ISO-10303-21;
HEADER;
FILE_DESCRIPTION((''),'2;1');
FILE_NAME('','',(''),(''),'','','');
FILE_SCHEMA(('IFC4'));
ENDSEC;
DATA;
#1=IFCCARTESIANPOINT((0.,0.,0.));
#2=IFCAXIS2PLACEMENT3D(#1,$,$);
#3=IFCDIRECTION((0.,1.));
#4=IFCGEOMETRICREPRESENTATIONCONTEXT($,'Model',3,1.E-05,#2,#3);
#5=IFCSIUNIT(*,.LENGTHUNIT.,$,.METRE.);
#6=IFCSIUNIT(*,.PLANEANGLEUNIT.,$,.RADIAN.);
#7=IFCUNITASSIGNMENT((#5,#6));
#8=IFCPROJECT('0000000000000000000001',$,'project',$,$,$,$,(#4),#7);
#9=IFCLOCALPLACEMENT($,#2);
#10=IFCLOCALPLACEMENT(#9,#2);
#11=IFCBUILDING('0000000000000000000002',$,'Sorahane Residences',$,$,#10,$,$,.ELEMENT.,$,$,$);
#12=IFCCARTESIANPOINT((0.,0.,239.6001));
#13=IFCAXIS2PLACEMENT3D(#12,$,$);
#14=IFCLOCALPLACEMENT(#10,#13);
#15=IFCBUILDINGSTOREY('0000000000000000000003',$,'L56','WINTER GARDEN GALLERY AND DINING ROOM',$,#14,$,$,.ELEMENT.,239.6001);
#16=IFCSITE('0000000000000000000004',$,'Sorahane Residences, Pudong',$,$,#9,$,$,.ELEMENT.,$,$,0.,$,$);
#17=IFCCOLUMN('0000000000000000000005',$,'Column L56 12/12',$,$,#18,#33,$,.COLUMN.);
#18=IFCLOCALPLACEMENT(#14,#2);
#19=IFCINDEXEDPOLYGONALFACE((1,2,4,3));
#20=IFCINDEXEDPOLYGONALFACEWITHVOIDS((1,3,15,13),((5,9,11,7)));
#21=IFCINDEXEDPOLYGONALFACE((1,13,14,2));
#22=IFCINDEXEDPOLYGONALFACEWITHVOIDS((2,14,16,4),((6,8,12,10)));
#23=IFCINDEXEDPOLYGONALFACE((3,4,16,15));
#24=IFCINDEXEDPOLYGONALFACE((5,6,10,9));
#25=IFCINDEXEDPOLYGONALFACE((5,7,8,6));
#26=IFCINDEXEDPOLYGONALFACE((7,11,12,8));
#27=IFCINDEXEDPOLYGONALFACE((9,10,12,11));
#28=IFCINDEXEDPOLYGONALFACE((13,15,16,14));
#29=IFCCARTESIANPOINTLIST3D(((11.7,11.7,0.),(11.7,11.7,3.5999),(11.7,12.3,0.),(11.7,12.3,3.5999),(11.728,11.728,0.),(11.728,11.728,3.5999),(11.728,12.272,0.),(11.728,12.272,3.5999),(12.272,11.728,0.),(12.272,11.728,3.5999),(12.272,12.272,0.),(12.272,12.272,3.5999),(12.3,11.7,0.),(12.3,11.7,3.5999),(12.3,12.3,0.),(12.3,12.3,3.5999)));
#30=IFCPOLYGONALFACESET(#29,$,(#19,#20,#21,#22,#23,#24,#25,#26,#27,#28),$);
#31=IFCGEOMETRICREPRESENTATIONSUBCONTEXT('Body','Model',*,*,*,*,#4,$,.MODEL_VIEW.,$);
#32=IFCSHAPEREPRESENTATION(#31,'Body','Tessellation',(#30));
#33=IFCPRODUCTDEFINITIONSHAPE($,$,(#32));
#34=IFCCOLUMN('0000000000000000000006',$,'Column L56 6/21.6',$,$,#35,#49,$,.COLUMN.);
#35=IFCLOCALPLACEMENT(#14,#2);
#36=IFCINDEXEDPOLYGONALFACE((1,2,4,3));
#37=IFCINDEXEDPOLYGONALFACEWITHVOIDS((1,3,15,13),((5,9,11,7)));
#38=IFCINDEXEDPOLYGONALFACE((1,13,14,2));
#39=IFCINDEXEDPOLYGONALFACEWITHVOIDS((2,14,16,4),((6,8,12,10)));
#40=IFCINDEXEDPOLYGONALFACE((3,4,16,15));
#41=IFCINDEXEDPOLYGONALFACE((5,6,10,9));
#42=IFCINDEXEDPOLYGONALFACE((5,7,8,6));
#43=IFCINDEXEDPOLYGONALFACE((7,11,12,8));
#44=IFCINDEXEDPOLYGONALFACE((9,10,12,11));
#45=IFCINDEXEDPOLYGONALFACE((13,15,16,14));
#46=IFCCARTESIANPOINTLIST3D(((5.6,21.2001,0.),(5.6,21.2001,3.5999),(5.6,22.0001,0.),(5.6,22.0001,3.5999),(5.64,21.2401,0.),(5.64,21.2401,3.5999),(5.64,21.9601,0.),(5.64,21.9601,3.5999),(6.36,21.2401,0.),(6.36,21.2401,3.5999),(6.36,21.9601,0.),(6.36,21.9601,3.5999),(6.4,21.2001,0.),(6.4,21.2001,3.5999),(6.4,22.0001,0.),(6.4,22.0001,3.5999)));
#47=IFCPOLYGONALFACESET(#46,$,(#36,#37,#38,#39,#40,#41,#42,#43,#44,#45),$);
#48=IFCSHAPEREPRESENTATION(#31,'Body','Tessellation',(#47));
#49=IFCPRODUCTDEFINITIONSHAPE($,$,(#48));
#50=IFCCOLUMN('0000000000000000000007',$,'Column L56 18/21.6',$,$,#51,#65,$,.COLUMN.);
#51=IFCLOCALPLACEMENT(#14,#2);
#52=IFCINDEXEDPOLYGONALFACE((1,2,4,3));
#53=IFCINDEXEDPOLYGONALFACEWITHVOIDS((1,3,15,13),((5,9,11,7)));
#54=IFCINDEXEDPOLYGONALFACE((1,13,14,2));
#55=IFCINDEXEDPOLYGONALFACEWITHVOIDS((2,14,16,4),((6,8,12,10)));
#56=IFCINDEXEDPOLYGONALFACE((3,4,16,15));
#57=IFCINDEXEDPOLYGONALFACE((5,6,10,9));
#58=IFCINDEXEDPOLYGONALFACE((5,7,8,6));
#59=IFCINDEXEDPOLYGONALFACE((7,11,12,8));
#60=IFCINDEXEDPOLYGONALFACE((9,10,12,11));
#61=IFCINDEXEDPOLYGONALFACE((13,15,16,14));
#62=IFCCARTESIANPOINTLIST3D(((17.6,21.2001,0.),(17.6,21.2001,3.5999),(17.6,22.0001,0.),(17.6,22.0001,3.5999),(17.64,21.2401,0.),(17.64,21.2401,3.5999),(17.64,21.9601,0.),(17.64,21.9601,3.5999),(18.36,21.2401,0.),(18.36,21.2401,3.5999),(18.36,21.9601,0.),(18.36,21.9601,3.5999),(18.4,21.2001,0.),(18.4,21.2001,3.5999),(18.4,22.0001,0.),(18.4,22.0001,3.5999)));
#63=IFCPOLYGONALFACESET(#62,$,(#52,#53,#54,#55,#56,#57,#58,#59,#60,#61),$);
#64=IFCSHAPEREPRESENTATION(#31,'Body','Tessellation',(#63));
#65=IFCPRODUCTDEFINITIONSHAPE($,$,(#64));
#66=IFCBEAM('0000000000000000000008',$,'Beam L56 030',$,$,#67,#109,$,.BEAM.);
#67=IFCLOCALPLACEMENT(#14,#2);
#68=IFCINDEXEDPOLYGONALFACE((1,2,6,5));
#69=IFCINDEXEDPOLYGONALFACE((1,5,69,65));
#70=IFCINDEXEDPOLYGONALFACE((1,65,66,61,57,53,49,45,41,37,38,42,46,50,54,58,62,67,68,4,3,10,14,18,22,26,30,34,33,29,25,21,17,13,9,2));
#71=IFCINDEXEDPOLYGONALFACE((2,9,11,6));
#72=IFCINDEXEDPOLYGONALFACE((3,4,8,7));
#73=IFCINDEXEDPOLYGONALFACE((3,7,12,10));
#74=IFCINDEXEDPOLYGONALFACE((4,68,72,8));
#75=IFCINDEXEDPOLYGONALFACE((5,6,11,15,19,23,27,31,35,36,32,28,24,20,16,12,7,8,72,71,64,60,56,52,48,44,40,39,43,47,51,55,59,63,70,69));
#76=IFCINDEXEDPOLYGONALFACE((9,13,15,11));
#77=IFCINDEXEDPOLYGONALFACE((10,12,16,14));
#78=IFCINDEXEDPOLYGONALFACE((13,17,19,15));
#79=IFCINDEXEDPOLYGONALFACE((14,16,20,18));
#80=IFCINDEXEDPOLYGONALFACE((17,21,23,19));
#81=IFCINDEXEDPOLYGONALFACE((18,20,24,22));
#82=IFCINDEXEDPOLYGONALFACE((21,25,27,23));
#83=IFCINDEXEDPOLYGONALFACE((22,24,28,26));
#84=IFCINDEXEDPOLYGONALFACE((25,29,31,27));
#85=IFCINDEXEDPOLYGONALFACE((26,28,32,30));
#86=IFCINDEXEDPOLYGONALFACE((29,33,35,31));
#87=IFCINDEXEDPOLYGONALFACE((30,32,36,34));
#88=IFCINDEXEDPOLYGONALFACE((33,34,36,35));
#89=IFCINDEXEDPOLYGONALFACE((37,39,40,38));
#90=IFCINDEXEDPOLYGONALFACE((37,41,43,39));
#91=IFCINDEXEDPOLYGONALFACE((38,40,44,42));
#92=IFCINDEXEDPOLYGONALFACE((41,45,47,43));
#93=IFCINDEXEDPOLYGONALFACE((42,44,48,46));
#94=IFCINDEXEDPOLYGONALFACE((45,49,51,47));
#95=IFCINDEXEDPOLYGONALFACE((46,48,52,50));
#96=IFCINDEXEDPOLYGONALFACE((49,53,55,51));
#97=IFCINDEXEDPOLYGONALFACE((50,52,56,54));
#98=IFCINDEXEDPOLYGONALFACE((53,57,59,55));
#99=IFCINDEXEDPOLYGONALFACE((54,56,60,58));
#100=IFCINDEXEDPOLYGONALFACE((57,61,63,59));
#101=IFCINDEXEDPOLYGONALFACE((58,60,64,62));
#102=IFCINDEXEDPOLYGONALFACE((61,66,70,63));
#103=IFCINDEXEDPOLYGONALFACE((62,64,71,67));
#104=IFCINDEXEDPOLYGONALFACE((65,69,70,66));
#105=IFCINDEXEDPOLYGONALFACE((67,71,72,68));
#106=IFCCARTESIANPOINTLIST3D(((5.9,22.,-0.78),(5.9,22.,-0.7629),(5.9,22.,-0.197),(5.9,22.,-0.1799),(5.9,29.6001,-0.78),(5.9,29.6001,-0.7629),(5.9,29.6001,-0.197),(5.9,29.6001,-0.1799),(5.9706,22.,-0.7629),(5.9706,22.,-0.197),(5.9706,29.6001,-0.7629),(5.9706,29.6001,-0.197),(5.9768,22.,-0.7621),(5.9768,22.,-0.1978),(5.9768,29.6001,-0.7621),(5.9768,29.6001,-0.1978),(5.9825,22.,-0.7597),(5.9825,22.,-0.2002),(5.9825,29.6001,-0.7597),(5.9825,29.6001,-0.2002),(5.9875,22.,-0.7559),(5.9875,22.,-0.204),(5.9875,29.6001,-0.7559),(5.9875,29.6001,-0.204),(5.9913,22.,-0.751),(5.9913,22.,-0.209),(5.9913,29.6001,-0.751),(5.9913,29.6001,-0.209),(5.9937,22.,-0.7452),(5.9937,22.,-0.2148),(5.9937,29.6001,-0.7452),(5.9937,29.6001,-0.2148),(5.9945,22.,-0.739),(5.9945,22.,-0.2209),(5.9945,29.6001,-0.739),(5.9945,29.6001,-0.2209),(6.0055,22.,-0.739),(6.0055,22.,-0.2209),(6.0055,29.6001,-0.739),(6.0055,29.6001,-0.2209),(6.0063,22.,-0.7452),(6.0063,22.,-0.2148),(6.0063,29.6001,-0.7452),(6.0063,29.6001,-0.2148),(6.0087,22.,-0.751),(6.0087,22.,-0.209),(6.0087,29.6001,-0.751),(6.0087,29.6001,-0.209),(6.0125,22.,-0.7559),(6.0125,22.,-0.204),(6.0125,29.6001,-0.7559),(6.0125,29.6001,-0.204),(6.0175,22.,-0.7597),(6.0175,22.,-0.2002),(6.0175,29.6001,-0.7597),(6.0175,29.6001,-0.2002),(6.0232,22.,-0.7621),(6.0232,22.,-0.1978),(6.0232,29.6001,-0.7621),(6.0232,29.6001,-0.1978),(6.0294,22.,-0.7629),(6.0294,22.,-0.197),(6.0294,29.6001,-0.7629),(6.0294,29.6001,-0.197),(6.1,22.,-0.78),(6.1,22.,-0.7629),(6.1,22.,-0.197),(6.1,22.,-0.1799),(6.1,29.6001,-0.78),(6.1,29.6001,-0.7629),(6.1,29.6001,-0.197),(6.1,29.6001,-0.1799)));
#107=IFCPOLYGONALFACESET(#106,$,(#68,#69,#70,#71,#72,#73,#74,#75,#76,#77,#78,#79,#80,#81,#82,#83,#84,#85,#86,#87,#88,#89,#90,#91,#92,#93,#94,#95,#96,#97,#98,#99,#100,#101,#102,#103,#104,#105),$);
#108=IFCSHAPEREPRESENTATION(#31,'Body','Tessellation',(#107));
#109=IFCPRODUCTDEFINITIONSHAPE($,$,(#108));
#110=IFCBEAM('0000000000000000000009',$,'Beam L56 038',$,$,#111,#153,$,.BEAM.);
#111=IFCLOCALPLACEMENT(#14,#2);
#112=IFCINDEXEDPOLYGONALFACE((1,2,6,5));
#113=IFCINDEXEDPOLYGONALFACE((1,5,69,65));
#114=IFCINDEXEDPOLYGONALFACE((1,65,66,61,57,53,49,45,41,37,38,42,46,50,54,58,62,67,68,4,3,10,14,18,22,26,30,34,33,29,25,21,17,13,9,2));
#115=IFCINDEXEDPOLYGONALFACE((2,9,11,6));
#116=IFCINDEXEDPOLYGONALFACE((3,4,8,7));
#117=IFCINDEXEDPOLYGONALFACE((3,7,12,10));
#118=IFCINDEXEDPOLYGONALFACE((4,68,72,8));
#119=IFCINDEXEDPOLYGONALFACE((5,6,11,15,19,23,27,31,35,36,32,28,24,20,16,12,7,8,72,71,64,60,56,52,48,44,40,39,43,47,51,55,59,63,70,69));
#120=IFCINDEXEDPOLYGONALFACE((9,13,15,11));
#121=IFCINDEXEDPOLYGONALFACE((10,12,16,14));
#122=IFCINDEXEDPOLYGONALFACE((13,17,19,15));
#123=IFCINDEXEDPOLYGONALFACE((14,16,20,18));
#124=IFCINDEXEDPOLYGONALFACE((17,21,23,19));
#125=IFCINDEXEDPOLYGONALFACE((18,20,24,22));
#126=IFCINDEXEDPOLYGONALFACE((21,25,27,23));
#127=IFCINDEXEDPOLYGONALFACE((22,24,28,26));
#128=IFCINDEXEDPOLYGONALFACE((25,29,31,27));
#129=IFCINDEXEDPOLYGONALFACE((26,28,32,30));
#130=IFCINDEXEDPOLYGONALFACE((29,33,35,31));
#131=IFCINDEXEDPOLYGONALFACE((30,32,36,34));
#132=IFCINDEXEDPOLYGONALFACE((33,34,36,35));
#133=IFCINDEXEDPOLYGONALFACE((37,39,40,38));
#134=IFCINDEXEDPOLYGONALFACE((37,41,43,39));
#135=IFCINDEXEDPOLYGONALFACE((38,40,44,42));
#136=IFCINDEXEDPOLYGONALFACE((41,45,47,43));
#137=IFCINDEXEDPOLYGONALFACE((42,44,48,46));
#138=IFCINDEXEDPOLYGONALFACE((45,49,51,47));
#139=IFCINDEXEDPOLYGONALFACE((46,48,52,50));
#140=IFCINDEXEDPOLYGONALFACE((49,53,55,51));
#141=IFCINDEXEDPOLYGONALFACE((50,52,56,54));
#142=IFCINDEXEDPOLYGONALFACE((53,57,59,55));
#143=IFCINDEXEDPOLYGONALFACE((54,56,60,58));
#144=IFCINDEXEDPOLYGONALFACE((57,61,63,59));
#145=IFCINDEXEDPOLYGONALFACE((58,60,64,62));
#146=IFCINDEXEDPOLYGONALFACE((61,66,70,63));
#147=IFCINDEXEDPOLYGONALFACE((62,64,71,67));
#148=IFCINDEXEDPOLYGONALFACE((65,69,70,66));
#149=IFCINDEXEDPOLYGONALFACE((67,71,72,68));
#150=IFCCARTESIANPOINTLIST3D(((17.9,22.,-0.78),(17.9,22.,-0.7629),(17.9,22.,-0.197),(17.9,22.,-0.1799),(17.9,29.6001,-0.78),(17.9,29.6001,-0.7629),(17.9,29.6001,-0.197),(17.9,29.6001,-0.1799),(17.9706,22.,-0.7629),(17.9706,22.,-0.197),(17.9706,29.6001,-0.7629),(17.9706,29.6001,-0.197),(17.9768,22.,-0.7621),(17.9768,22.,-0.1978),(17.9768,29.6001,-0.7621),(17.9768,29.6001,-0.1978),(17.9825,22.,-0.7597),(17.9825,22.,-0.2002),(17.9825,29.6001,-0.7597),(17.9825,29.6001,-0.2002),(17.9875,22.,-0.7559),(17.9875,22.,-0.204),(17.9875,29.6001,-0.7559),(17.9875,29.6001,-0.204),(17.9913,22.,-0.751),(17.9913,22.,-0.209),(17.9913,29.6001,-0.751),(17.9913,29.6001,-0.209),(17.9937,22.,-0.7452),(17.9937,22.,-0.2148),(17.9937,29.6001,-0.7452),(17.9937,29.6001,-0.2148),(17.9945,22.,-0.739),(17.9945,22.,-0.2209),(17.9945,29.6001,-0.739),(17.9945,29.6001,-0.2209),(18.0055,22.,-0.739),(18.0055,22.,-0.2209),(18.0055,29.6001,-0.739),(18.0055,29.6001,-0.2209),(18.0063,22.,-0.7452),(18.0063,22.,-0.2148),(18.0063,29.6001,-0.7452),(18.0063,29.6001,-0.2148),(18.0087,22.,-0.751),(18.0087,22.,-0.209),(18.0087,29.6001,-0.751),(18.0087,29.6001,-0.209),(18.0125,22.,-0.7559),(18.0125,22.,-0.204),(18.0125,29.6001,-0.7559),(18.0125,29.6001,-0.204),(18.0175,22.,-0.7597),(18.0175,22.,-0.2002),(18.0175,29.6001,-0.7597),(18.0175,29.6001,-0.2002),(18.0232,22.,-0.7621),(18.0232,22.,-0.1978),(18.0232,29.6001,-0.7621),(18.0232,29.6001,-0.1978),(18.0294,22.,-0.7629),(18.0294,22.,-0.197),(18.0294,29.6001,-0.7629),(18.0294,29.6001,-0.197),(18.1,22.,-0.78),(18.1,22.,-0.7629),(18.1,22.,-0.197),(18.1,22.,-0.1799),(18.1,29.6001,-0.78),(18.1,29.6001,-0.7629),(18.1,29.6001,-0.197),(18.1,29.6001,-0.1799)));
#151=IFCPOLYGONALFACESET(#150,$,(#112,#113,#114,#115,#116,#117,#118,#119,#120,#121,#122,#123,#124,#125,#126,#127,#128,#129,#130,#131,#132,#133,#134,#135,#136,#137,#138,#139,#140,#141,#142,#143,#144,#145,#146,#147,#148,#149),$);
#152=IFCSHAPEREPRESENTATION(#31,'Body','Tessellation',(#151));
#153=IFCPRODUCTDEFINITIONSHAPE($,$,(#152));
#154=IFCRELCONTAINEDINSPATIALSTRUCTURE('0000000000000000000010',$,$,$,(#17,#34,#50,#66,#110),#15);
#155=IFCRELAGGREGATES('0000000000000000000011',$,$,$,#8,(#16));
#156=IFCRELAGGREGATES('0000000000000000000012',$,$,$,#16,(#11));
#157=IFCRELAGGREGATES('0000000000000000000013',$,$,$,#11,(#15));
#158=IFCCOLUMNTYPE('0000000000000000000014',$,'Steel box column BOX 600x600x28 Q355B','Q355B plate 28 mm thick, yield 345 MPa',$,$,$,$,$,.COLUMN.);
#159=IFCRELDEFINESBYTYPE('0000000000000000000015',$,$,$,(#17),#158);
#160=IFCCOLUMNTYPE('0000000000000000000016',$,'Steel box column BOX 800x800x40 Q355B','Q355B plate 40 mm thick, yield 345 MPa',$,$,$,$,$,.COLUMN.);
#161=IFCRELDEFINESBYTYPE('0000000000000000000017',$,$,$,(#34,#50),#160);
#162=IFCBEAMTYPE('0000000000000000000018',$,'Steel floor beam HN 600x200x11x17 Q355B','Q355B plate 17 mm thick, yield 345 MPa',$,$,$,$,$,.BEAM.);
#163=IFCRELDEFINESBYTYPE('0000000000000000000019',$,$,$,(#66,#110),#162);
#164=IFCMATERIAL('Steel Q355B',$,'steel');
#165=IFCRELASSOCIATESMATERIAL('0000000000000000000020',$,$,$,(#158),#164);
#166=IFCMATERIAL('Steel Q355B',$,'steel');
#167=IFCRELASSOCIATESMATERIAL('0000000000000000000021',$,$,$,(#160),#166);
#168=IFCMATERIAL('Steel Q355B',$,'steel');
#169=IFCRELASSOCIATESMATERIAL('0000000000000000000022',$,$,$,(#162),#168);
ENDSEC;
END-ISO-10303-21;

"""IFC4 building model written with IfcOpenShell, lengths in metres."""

from ifc_helpers import new_model, si_unit, direction, frame, origin, origin_2d, place, context, subcontext, project, spatial, hollow_rectangle, i_section, extrude, material, material_profile, profile_set, type_object, element, save


model = new_model("IFC4")

# Units and contexts
model_context = context("Model", 3, precision=1e-05, world=origin(), true_north=direction((0.0, 1.0)))
body_context = subcontext(model_context, "Body", "Model", "MODEL_VIEW")
ifc_project = project(units=[si_unit("LENGTHUNIT", "METRE"), si_unit("PLANEANGLEUNIT", "RADIAN")], contexts=[model_context])

# Site, building, storey
site_placement = place(None, origin())
site = spatial("IfcSite", under=ifc_project, at=site_placement, Name="Sorahane Residences, Pudong", CompositionType="ELEMENT", RefElevation=0.0)
building_placement = place(site_placement, origin())
building = spatial("IfcBuilding", under=site, at=building_placement, Name="Sorahane Residences", CompositionType="ELEMENT")
storey_placement = place(building_placement, frame((0.0, 0.0, 239.6001)))
storey = spatial("IfcBuildingStorey", under=building, at=storey_placement, Name="L56", Description="WINTER GARDEN GALLERY AND DINING ROOM", CompositionType="ELEMENT", Elevation=239.6001)

# Columns
ifc_material_1 = material(Name="Steel Q355B", Category="steel")
ifc_material_profile_1 = material_profile(ifc_material_1, hollow_rectangle(XDim=0.6001, YDim=0.6001, WallThickness=0.0281, at=origin_2d()), Name="BOX 600x600x28")
ifc_profile_set_1 = profile_set([ifc_material_profile_1], Name="Steel Q355B")
column_type_1 = type_object("IfcColumnType", Name="Steel box column BOX 600x600x28 Q355B", Description="Q355B plate 28 mm thick, yield 345 MPa", PredefinedType="COLUMN", material=ifc_profile_set_1)
column_placement = place(storey_placement, frame((12.0, 12.0, 0.0), z_axis=(0.0, 0.0, 1.0), x_axis=(1.0, 0.0, 0.0)))
element("IfcColumn", 1, at=column_placement, inside=storey, type_object=column_type_1, Name="Column L56 12/12", PredefinedType="COLUMN", context=body_context, shape_type="SweptSolid", body=[
    extrude(hollow_rectangle(XDim=0.6001, YDim=0.6001, WallThickness=0.0281, at=origin_2d()), origin(), (0.0, 0.0, 1.0), 3.5999),
])
ifc_material_2 = material(Name="Steel Q355B", Category="steel")
ifc_material_profile_2 = material_profile(ifc_material_2, hollow_rectangle(XDim=0.8, YDim=0.8, WallThickness=0.04, at=origin_2d()), Name="BOX 800x800x40")
ifc_profile_set_2 = profile_set([ifc_material_profile_2], Name="Steel Q355B")
column_type_2 = type_object("IfcColumnType", Name="Steel box column BOX 800x800x40 Q355B", Description="Q355B plate 40 mm thick, yield 345 MPa", PredefinedType="COLUMN", material=ifc_profile_set_2)
for number, where, z_axis, x_axis, name in (
    (2, (6.0, 21.6001, 0.0), (0.0, 0.0, 1.0), (1.0, 0.0, 0.0), "Column L56 6/21.6"),
    (3, (18.0, 21.6001, 0.0), (0.0, 0.0, 1.0), (1.0, 0.0, 0.0), "Column L56 18/21.6"),
):
    element("IfcColumn", number, at=place(storey_placement, frame(where, z_axis=z_axis, x_axis=x_axis)), inside=storey, type_object=column_type_2, Name=name, PredefinedType="COLUMN", context=body_context, shape_type="SweptSolid", body=[
        extrude(hollow_rectangle(XDim=0.8, YDim=0.8, WallThickness=0.04, at=origin_2d()), origin(), (0.0, 0.0, 1.0), 3.5999),
    ])

# Beams
ifc_material_3 = material(Name="Steel Q355B", Category="steel")
ifc_material_profile_3 = material_profile(ifc_material_3, i_section(OverallWidth=0.2, OverallDepth=0.6001, WebThickness=0.011, FlangeThickness=0.0171, FilletRadius=0.0239, at=origin_2d()), Name="HN 600x200x11x17")
ifc_profile_set_3 = profile_set([ifc_material_profile_3], Name="Steel Q355B")
beam_type_1 = type_object("IfcBeamType", Name="Steel floor beam HN 600x200x11x17 Q355B", Description="Q355B plate 17 mm thick, yield 345 MPa", PredefinedType="BEAM", material=ifc_profile_set_3)
for number, where, z_axis, x_axis, name in (
    (4, (6.0, 22.0, -0.48), (0.0, 1.0, 0.0), (-1.0, 0.0, 0.0), "Beam L56 030"),
    (5, (18.0, 22.0, -0.48), (0.0, 1.0, 0.0), (-1.0, 0.0, 0.0), "Beam L56 038"),
):
    element("IfcBeam", number, at=place(storey_placement, frame(where, z_axis=z_axis, x_axis=x_axis)), inside=storey, type_object=beam_type_1, Name=name, PredefinedType="BEAM", context=body_context, shape_type="SweptSolid", body=[
        extrude(i_section(OverallWidth=0.2, OverallDepth=0.6001, WebThickness=0.011, FlangeThickness=0.0171, FilletRadius=0.0239, at=origin_2d()), origin(), (0.0, 0.0, 1.0), 7.6001),
    ])

save(model, "model.ifc")
